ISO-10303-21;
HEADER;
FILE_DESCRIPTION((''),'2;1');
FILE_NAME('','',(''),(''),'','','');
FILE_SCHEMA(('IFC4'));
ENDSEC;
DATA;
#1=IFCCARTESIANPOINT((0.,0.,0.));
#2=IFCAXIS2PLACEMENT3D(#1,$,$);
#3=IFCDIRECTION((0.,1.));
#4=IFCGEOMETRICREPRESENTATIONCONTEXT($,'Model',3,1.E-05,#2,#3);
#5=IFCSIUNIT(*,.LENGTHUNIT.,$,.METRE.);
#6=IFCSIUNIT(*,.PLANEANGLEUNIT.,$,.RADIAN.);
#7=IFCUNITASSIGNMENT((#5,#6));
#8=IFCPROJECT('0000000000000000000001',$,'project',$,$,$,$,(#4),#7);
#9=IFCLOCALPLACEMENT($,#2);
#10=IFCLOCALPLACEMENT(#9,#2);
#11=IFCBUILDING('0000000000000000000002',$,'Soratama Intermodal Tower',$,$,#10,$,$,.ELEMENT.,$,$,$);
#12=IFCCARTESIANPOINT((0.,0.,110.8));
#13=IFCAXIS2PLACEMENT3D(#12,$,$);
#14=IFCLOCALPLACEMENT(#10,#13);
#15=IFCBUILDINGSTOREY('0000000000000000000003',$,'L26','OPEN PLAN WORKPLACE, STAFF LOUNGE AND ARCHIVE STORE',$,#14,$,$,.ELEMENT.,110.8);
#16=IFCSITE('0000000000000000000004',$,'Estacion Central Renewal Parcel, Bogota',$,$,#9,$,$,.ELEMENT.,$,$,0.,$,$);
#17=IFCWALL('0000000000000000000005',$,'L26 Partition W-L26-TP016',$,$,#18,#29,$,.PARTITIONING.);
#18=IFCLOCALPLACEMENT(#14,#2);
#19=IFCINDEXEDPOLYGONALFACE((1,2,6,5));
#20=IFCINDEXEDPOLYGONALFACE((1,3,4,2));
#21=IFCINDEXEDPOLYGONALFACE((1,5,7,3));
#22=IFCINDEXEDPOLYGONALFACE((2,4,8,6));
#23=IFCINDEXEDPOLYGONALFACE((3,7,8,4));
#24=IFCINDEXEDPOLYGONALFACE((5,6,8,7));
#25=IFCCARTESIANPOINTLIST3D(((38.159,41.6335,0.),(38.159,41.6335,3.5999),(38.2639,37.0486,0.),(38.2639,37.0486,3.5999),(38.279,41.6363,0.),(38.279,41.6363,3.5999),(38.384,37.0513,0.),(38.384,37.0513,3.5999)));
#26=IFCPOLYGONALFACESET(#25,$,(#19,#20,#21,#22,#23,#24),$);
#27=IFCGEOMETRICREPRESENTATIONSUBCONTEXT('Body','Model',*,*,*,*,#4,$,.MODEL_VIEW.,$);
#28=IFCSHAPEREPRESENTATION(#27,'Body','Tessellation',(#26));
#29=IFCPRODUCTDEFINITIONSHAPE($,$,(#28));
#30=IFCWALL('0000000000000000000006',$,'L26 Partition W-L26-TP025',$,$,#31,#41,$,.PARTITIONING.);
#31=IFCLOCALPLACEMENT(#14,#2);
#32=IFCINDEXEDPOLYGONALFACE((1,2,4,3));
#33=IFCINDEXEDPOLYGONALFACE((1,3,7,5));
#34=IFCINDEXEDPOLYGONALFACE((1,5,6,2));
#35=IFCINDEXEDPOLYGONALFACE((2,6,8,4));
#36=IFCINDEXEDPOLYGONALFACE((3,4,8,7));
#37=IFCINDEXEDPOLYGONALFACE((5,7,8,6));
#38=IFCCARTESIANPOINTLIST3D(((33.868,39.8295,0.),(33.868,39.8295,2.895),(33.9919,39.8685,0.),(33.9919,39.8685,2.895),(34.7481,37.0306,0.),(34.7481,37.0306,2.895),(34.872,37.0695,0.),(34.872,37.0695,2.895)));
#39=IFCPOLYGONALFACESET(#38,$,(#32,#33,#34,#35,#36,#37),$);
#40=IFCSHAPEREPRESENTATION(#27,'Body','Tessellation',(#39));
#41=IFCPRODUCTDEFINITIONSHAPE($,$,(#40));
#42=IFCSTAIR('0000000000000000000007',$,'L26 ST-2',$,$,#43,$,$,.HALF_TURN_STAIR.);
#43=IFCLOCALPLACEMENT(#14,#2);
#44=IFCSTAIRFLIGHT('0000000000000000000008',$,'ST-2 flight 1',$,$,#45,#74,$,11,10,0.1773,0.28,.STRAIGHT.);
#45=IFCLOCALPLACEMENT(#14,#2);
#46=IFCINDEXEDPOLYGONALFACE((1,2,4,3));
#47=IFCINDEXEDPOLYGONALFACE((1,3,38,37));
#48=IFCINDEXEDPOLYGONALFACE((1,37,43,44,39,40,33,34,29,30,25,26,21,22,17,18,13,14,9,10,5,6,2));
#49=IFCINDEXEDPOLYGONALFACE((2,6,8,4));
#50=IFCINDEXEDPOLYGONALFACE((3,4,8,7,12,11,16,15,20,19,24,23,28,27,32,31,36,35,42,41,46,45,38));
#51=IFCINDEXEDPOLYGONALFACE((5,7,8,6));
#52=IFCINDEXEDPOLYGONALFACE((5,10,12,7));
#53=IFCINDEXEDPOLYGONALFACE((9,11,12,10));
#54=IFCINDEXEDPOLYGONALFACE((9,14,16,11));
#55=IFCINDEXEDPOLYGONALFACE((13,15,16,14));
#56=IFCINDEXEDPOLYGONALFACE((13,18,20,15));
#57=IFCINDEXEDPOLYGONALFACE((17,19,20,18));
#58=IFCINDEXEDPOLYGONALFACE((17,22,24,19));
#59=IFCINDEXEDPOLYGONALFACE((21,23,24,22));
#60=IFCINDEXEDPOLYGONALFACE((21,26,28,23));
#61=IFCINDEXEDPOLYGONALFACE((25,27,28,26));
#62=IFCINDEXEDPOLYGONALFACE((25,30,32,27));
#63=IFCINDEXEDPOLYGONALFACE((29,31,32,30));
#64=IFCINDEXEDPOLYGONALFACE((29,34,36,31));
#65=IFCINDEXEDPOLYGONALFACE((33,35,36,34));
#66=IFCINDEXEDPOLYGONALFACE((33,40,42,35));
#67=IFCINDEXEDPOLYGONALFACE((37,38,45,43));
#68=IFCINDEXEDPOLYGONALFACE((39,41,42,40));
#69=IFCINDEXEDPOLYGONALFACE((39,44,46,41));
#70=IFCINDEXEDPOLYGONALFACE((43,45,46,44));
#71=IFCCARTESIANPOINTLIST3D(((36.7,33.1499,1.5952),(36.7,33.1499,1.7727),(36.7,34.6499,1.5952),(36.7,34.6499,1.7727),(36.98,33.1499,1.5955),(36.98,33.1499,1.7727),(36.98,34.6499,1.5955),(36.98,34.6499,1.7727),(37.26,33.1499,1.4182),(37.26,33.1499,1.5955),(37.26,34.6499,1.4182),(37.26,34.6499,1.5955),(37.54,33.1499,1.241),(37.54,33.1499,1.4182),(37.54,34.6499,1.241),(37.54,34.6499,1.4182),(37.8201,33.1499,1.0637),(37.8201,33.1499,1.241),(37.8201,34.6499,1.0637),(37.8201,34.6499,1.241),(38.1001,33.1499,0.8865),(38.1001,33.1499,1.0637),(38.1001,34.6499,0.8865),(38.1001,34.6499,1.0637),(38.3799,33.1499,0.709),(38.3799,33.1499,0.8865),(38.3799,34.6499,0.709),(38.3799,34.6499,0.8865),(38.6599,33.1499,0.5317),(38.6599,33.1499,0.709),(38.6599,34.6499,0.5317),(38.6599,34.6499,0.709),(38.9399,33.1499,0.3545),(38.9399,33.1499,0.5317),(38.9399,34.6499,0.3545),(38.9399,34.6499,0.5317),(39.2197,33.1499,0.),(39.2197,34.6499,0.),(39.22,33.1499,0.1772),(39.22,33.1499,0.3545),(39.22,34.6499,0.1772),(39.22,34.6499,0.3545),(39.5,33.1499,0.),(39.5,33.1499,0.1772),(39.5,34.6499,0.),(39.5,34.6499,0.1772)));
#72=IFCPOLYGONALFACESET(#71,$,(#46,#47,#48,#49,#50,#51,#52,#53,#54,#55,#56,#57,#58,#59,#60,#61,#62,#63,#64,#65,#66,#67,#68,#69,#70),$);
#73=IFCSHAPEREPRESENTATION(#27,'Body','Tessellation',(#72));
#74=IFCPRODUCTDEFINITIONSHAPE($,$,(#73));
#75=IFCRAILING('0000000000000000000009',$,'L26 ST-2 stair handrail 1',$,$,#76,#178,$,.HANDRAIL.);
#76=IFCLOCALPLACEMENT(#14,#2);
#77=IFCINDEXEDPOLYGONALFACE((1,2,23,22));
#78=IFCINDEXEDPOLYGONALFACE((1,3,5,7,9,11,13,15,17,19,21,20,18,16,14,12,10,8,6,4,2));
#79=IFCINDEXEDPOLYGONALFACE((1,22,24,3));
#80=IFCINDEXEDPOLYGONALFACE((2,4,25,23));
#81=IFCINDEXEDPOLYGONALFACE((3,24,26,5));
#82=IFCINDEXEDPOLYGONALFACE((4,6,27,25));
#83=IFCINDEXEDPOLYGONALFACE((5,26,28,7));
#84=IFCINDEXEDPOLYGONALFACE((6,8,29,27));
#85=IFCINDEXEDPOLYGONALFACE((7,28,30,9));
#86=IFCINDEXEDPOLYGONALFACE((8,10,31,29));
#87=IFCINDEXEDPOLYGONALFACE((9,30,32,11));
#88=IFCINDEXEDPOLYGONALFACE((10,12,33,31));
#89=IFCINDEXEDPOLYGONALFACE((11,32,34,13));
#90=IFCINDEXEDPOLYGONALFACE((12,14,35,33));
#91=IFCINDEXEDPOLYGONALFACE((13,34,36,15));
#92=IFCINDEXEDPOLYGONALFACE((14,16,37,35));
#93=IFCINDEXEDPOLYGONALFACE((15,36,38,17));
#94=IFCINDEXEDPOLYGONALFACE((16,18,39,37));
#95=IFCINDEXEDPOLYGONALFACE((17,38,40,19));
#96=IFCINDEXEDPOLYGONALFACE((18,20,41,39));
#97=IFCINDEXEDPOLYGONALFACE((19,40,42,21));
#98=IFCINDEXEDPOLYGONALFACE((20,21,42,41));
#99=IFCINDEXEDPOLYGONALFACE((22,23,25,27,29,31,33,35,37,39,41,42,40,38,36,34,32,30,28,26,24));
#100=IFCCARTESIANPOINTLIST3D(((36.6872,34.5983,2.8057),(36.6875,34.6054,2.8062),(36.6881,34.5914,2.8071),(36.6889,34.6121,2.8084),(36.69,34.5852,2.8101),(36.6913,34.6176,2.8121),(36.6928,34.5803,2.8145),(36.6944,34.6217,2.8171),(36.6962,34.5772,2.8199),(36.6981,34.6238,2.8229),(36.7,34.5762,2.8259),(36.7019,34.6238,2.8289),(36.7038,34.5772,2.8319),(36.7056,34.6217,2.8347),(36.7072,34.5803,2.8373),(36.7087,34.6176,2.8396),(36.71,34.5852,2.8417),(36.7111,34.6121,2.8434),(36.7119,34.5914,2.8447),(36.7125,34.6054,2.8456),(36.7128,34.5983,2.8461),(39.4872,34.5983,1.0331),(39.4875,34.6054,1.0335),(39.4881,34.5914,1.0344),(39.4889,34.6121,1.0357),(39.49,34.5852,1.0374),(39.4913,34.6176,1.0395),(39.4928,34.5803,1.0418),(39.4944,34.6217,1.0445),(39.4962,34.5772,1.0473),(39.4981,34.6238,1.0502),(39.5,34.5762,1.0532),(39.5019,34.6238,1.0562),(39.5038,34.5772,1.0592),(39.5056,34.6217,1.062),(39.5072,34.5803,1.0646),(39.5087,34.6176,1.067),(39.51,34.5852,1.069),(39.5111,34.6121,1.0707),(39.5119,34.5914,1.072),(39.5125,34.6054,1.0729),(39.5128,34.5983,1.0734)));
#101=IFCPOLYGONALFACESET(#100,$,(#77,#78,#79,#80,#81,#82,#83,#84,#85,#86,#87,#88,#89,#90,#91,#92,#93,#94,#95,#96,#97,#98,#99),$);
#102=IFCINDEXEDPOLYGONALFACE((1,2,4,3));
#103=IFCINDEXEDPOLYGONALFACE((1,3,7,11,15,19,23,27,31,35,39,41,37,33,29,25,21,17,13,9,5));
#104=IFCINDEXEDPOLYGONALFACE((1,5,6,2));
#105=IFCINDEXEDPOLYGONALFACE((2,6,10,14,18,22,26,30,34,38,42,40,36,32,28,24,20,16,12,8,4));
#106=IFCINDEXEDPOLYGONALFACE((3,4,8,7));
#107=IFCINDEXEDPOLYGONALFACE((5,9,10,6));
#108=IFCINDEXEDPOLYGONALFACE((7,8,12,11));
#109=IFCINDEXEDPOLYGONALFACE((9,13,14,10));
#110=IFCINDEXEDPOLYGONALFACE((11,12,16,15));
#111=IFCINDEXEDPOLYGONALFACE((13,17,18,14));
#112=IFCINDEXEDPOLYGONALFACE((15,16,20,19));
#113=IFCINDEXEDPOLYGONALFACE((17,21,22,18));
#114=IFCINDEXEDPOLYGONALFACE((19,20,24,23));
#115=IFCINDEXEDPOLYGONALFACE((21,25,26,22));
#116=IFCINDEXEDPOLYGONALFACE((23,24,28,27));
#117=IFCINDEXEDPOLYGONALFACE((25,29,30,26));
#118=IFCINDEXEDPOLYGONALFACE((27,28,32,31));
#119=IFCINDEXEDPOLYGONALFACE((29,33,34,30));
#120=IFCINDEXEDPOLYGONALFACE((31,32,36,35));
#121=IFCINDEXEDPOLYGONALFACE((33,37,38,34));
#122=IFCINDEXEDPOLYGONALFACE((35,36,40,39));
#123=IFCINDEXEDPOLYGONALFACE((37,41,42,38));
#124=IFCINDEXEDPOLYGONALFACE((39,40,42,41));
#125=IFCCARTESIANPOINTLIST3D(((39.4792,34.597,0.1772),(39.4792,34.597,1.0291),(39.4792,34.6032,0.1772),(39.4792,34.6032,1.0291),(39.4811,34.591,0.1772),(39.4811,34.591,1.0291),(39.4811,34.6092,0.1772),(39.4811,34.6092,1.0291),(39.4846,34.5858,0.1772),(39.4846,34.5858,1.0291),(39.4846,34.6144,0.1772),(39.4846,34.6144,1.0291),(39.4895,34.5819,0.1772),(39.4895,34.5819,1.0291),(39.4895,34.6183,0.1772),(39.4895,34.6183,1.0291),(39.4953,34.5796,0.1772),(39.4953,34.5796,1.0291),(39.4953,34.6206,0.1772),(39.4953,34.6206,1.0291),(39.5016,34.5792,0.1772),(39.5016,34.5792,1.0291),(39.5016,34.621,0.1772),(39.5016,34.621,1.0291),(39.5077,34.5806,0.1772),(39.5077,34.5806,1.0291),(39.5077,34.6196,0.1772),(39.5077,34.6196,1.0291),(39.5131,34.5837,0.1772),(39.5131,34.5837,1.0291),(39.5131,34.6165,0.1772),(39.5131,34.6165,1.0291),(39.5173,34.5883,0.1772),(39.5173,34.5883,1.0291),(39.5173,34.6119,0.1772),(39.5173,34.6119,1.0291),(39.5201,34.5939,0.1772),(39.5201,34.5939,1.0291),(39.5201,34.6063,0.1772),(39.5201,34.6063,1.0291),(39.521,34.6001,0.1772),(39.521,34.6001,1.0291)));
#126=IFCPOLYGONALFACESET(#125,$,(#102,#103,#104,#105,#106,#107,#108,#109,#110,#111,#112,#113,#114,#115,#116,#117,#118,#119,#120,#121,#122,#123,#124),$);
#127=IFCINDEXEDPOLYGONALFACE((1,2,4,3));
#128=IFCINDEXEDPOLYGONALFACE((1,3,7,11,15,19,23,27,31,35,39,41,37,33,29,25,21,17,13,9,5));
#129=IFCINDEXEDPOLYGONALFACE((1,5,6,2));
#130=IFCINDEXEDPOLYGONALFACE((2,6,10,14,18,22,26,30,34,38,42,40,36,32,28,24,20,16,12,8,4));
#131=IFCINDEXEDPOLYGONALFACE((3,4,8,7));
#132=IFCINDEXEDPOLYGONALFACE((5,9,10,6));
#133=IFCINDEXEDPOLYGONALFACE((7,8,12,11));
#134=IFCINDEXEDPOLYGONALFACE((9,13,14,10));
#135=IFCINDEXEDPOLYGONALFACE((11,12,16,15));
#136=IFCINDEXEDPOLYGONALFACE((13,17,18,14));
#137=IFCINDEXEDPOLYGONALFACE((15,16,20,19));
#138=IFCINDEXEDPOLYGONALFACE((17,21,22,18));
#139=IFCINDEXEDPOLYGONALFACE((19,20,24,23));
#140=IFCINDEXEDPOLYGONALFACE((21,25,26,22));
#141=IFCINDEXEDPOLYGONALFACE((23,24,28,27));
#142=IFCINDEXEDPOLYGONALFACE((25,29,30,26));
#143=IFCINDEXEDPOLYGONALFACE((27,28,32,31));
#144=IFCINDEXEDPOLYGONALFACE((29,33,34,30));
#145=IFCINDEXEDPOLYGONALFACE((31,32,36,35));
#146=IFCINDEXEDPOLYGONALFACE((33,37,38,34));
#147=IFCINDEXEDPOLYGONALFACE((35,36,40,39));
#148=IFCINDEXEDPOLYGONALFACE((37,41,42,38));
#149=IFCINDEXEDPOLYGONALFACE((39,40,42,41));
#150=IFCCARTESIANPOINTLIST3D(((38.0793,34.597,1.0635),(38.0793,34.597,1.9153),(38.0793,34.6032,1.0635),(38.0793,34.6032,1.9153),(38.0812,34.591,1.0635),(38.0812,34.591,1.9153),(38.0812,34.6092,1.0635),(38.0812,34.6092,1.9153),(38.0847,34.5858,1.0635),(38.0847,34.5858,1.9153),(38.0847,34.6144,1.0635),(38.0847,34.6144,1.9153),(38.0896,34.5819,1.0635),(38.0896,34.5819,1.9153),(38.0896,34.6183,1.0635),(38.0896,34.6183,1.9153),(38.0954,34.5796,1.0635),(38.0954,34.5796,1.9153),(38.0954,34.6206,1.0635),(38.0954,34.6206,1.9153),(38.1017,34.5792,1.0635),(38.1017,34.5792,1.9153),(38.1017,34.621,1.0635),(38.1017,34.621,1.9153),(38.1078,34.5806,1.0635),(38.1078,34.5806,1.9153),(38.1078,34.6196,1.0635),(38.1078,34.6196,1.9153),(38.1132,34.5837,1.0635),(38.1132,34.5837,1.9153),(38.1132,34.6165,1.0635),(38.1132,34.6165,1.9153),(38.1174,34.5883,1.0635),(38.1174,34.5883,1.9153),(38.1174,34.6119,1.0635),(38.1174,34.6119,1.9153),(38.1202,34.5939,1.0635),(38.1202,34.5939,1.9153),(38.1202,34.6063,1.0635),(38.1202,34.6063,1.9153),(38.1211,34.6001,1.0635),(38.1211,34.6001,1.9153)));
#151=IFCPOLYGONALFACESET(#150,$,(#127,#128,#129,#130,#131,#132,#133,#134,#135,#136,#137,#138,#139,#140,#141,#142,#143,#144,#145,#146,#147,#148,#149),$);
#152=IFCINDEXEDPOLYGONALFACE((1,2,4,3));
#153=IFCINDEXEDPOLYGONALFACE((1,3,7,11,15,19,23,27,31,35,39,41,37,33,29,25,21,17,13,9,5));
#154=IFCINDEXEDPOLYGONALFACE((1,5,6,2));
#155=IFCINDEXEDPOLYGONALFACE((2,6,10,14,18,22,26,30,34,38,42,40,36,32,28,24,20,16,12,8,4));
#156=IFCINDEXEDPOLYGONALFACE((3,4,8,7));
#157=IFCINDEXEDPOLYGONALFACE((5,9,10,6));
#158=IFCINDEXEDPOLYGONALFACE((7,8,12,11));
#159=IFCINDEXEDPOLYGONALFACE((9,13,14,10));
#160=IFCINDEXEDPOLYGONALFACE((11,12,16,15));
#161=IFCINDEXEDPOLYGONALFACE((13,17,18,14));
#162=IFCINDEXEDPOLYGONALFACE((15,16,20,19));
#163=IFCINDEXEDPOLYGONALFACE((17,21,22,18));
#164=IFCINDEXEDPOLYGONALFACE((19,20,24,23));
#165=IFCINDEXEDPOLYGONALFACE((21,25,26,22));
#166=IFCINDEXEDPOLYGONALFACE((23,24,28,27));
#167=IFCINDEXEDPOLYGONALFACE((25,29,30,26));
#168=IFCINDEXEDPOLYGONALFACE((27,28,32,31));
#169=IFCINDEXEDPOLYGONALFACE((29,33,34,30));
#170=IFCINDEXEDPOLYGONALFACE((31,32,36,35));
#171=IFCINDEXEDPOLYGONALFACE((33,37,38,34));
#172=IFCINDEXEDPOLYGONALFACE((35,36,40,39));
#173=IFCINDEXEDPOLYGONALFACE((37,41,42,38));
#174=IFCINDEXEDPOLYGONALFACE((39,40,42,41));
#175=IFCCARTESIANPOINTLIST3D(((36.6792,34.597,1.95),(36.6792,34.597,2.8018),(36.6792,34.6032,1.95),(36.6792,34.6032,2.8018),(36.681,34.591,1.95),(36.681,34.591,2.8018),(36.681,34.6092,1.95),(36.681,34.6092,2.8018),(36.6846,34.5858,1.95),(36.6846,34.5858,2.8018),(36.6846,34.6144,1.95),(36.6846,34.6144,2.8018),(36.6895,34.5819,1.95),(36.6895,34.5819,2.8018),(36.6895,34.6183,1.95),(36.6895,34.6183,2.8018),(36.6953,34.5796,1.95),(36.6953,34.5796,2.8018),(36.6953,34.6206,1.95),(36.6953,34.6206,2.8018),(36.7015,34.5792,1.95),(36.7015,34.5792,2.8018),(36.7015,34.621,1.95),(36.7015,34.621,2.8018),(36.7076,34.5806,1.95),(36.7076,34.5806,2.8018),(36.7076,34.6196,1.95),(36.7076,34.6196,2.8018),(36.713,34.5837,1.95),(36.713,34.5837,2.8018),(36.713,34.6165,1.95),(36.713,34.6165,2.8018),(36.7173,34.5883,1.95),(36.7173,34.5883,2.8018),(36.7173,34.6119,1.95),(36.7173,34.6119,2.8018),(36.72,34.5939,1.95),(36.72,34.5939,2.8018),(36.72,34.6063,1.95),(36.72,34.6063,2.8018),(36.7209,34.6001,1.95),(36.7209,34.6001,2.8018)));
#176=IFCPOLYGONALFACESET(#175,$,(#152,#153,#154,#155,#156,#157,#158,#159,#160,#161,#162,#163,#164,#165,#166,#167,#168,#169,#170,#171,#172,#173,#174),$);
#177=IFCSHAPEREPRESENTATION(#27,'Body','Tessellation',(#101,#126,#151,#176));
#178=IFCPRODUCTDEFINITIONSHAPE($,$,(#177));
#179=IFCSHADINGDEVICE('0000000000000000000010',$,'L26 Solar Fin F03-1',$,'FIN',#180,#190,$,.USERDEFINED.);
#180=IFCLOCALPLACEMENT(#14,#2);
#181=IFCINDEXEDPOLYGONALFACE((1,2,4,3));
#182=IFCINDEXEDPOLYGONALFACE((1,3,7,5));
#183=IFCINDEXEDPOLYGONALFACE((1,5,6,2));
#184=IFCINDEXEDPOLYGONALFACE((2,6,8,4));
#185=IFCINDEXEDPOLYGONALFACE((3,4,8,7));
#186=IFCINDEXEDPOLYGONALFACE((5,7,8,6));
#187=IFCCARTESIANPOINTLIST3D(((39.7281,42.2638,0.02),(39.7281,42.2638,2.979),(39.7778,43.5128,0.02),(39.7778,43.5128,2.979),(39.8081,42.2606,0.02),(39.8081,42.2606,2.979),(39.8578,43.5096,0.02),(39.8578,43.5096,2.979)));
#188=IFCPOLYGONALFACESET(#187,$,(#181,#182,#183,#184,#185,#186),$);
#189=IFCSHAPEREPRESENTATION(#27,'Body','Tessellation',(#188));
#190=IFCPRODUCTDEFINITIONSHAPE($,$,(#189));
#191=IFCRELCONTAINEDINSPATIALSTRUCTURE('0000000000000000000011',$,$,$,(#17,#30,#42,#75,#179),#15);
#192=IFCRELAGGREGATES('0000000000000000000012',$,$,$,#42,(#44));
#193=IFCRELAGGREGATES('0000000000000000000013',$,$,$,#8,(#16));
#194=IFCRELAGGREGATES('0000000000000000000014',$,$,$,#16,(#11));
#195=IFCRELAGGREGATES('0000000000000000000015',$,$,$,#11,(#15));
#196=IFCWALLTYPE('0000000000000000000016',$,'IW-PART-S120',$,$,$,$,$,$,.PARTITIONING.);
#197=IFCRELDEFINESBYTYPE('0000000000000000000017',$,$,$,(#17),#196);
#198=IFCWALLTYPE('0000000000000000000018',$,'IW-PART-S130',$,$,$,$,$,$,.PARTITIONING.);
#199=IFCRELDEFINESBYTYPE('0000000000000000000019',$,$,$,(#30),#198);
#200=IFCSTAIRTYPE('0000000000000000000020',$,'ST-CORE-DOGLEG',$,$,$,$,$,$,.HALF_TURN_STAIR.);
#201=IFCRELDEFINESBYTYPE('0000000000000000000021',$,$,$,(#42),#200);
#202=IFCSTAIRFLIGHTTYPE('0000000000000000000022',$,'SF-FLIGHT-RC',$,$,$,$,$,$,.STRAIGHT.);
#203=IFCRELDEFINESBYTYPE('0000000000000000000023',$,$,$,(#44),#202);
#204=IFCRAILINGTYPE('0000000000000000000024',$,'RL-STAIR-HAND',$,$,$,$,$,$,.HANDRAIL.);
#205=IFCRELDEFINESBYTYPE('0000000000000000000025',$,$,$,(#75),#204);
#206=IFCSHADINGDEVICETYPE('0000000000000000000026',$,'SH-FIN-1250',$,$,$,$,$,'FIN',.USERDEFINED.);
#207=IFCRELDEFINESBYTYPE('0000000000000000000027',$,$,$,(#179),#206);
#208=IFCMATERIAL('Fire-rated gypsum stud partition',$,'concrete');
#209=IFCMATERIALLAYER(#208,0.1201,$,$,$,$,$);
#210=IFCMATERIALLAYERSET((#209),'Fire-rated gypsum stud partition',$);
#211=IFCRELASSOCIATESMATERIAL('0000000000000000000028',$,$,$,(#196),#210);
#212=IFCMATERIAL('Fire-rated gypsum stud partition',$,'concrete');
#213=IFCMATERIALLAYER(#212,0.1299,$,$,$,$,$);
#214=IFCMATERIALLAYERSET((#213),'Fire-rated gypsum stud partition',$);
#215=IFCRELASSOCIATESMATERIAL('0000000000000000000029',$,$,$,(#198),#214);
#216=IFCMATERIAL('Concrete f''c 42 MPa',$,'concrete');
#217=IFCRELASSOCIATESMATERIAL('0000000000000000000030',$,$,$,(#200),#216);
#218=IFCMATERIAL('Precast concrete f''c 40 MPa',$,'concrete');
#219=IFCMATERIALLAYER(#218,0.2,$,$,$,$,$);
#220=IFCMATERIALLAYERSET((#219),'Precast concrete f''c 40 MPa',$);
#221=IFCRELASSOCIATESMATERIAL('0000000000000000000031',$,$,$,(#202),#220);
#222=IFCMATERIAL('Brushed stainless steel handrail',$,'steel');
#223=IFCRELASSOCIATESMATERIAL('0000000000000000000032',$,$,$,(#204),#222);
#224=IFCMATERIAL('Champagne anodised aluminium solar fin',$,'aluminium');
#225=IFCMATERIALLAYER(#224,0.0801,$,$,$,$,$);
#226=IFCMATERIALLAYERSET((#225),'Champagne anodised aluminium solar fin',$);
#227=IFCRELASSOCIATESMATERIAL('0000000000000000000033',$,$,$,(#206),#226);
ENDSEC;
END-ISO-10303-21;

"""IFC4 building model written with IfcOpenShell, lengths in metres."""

from ifc_helpers import new_model, si_unit, direction, frame, frame_2d, origin, origin_2d, place, context, subcontext, project, spatial, polyline, rectangle, circle, outline, extrude, material, layer, layer_set, type_object, element, aggregate, save


model = new_model("IFC4")

# Units and contexts
model_context = context("Model", 3, precision=1e-05, world=origin(), true_north=direction((0.0, 1.0)))
body_context = subcontext(model_context, "Body", "Model", "MODEL_VIEW")
ifc_project = project(units=[si_unit("LENGTHUNIT", "METRE"), si_unit("PLANEANGLEUNIT", "RADIAN")], contexts=[model_context])

# Site, building, storey
site_placement = place(None, origin())
site = spatial("IfcSite", under=ifc_project, at=site_placement, Name="Estacion Central Renewal Parcel, Bogota", CompositionType="ELEMENT", RefElevation=0.0)
building_placement = place(site_placement, origin())
building = spatial("IfcBuilding", under=site, at=building_placement, Name="Soratama Intermodal Tower", CompositionType="ELEMENT")
storey_placement = place(building_placement, frame((0.0, 0.0, 110.8)))
storey = spatial("IfcBuildingStorey", under=building, at=storey_placement, Name="L26", Description="OPEN PLAN WORKPLACE, STAFF LOUNGE AND ARCHIVE STORE", CompositionType="ELEMENT", Elevation=110.8)

# Walls
ifc_material_1 = material(Name="Fire-rated gypsum stud partition", Category="concrete")
ifc_layer_1 = layer(ifc_material_1, 0.1201)
ifc_layer_set_1 = layer_set([ifc_layer_1], Name="Fire-rated gypsum stud partition")
wall_type_1 = type_object("IfcWallType", Name="IW-PART-S120", PredefinedType="PARTITIONING", material=ifc_layer_set_1)
wall_1_placement = place(storey_placement, frame((38.324, 37.05, 0.0), z_axis=(0.0, 0.0, 1.0), x_axis=(-0.022891, 0.999738, 0.0)))
element("IfcWall", 1, at=wall_1_placement, inside=storey, type_object=wall_type_1, Name="L26 Partition W-L26-TP016", PredefinedType="PARTITIONING", context=body_context, shape_type="SweptSolid", body=[
    extrude(rectangle(XDim=4.5862, YDim=0.1201, at=frame_2d((2.293, 0.0))), origin(), (0.0, 0.0, 1.0), 3.5999),
])
ifc_material_2 = material(Name="Fire-rated gypsum stud partition", Category="concrete")
ifc_layer_2 = layer(ifc_material_2, 0.1299)
ifc_layer_set_2 = layer_set([ifc_layer_2], Name="Fire-rated gypsum stud partition")
wall_type_2 = type_object("IfcWallType", Name="IW-PART-S130", PredefinedType="PARTITIONING", material=ifc_layer_set_2)
wall_2_placement = place(storey_placement, frame((34.8101, 37.05, 0.0), z_axis=(0.0, 0.0, 1.0), x_axis=(-0.299956, 0.953953, 0.0)))
element("IfcWall", 2, at=wall_2_placement, inside=storey, type_object=wall_type_2, Name="L26 Partition W-L26-TP025", PredefinedType="PARTITIONING", context=body_context, shape_type="SweptSolid", body=[
    extrude(rectangle(XDim=2.9341, YDim=0.1299, at=frame_2d((1.467, 0.0))), origin(), (0.0, 0.0, 1.0), 2.895),
])

# Stair, stair flight
ifc_material_3 = material(Name="Concrete f'c 42 MPa", Category="concrete")
stair_type = type_object("IfcStairType", Name="ST-CORE-DOGLEG", PredefinedType="HALF_TURN_STAIR", material=ifc_material_3)
stair_placement = place(storey_placement, origin())
stair = element("IfcStair", 3, at=stair_placement, inside=storey, type_object=stair_type, Name="L26 ST-2", PredefinedType="HALF_TURN_STAIR")
ifc_material_4 = material(Name="Precast concrete f'c 40 MPa", Category="concrete")
ifc_layer_3 = layer(ifc_material_4, 0.2)
ifc_layer_set_3 = layer_set([ifc_layer_3], Name="Precast concrete f'c 40 MPa")
stair_flight_type = type_object("IfcStairFlightType", Name="SF-FLIGHT-RC", PredefinedType="STRAIGHT", material=ifc_layer_set_3)
stair_flight_placement = place(storey_placement, frame((39.5, 33.8999, 0.0), z_axis=(0.0, 0.0, 1.0), x_axis=(-1.0, 0.0, 0.0)))
stair_flight = element("IfcStairFlight", 4, at=stair_flight_placement, type_object=stair_flight_type, Name="ST-2 flight 1", NumberOfRisers=11, NumberOfTreads=10, PredefinedType="STRAIGHT", RiserHeight=0.1773, TreadLength=0.28, context=body_context, shape_type="SweptSolid", body=[
    extrude(outline(polyline([(0.0, 0.0), (0.0, 0.1772), (0.28, 0.1772), (0.28, 0.3545), (0.5601, 0.3545), (0.5601, 0.5317), (0.8401, 0.5317), (0.8401, 0.709), (1.1201, 0.709), (1.1201, 0.8865), (1.3999, 0.8865), (1.3999, 1.0637), (1.6799, 1.0637), (1.6799, 1.241), (1.96, 1.241), (1.96, 1.4182), (2.24, 1.4182), (2.24, 1.5955), (2.52, 1.5955), (2.52, 1.7727), (2.8, 1.7727), (2.8, 1.95), (2.8, 1.5952), (0.2803, 0.0), (0.0, 0.0)])), frame((0.0, 0.75, 0.0), z_axis=(0.0, -1.0, 0.0), x_axis=(1.0, 0.0, 0.0)), (0.0, 0.0, 1.0), 1.5),
])
aggregate(stair, [stair_flight])

# Railing
ifc_material_5 = material(Name="Brushed stainless steel handrail", Category="steel")
railing_type = type_object("IfcRailingType", Name="RL-STAIR-HAND", PredefinedType="HANDRAIL", material=ifc_material_5)
railing_placement = place(storey_placement, frame((39.5, 34.6001, 0.1772)))
element("IfcRailing", 5, at=railing_placement, inside=storey, type_object=railing_type, Name="L26 ST-2 stair handrail 1", PredefinedType="HANDRAIL", context=body_context, shape_type="SweptSolid", body=[
    extrude(circle(Radius=0.0239, at=origin_2d()), frame((0.0, 0.0, 0.876), z_axis=(-0.844909, 0.0, 0.53491), x_axis=(0.0, -1.0, 0.0)), (0.0, 0.0, 1.0), 3.314),
    extrude(circle(Radius=0.021, at=origin_2d()), origin(), (0.0, 0.0, 1.0), 0.8518),
    extrude(circle(Radius=0.021, at=origin_2d()), frame((-1.3999, 0.0, 0.8862)), (0.0, 0.0, 1.0), 0.8518),
    extrude(circle(Radius=0.021, at=origin_2d()), frame((-2.8, 0.0, 1.7727)), (0.0, 0.0, 1.0), 0.8518),
])

# Shading device
ifc_material_6 = material(Name="Champagne anodised aluminium solar fin", Category="aluminium")
ifc_layer_4 = layer(ifc_material_6, 0.0801)
ifc_layer_set_4 = layer_set([ifc_layer_4], Name="Champagne anodised aluminium solar fin")
shading_device_type = type_object("IfcShadingDeviceType", Name="SH-FIN-1250", ElementType="FIN", PredefinedType="USERDEFINED", material=ifc_layer_set_4)
for number, where, z_axis, x_axis, name in (
    (6, (39.793, 42.8867, 0.02), (0.0, 0.0, 1.0), (0.039783, 0.999208, 0.0), "L26 Solar Fin F03-1"),
):
    element("IfcShadingDevice", number, at=place(storey_placement, frame(where, z_axis=z_axis, x_axis=x_axis)), inside=storey, type_object=shading_device_type, Name=name, ObjectType="FIN", PredefinedType="USERDEFINED", context=body_context, shape_type="SweptSolid", body=[
        extrude(rectangle(XDim=1.25, YDim=0.0801, at=origin_2d()), origin(), (0.0, 0.0, 1.0), 2.959),
    ])

save(model, "model.ifc")
